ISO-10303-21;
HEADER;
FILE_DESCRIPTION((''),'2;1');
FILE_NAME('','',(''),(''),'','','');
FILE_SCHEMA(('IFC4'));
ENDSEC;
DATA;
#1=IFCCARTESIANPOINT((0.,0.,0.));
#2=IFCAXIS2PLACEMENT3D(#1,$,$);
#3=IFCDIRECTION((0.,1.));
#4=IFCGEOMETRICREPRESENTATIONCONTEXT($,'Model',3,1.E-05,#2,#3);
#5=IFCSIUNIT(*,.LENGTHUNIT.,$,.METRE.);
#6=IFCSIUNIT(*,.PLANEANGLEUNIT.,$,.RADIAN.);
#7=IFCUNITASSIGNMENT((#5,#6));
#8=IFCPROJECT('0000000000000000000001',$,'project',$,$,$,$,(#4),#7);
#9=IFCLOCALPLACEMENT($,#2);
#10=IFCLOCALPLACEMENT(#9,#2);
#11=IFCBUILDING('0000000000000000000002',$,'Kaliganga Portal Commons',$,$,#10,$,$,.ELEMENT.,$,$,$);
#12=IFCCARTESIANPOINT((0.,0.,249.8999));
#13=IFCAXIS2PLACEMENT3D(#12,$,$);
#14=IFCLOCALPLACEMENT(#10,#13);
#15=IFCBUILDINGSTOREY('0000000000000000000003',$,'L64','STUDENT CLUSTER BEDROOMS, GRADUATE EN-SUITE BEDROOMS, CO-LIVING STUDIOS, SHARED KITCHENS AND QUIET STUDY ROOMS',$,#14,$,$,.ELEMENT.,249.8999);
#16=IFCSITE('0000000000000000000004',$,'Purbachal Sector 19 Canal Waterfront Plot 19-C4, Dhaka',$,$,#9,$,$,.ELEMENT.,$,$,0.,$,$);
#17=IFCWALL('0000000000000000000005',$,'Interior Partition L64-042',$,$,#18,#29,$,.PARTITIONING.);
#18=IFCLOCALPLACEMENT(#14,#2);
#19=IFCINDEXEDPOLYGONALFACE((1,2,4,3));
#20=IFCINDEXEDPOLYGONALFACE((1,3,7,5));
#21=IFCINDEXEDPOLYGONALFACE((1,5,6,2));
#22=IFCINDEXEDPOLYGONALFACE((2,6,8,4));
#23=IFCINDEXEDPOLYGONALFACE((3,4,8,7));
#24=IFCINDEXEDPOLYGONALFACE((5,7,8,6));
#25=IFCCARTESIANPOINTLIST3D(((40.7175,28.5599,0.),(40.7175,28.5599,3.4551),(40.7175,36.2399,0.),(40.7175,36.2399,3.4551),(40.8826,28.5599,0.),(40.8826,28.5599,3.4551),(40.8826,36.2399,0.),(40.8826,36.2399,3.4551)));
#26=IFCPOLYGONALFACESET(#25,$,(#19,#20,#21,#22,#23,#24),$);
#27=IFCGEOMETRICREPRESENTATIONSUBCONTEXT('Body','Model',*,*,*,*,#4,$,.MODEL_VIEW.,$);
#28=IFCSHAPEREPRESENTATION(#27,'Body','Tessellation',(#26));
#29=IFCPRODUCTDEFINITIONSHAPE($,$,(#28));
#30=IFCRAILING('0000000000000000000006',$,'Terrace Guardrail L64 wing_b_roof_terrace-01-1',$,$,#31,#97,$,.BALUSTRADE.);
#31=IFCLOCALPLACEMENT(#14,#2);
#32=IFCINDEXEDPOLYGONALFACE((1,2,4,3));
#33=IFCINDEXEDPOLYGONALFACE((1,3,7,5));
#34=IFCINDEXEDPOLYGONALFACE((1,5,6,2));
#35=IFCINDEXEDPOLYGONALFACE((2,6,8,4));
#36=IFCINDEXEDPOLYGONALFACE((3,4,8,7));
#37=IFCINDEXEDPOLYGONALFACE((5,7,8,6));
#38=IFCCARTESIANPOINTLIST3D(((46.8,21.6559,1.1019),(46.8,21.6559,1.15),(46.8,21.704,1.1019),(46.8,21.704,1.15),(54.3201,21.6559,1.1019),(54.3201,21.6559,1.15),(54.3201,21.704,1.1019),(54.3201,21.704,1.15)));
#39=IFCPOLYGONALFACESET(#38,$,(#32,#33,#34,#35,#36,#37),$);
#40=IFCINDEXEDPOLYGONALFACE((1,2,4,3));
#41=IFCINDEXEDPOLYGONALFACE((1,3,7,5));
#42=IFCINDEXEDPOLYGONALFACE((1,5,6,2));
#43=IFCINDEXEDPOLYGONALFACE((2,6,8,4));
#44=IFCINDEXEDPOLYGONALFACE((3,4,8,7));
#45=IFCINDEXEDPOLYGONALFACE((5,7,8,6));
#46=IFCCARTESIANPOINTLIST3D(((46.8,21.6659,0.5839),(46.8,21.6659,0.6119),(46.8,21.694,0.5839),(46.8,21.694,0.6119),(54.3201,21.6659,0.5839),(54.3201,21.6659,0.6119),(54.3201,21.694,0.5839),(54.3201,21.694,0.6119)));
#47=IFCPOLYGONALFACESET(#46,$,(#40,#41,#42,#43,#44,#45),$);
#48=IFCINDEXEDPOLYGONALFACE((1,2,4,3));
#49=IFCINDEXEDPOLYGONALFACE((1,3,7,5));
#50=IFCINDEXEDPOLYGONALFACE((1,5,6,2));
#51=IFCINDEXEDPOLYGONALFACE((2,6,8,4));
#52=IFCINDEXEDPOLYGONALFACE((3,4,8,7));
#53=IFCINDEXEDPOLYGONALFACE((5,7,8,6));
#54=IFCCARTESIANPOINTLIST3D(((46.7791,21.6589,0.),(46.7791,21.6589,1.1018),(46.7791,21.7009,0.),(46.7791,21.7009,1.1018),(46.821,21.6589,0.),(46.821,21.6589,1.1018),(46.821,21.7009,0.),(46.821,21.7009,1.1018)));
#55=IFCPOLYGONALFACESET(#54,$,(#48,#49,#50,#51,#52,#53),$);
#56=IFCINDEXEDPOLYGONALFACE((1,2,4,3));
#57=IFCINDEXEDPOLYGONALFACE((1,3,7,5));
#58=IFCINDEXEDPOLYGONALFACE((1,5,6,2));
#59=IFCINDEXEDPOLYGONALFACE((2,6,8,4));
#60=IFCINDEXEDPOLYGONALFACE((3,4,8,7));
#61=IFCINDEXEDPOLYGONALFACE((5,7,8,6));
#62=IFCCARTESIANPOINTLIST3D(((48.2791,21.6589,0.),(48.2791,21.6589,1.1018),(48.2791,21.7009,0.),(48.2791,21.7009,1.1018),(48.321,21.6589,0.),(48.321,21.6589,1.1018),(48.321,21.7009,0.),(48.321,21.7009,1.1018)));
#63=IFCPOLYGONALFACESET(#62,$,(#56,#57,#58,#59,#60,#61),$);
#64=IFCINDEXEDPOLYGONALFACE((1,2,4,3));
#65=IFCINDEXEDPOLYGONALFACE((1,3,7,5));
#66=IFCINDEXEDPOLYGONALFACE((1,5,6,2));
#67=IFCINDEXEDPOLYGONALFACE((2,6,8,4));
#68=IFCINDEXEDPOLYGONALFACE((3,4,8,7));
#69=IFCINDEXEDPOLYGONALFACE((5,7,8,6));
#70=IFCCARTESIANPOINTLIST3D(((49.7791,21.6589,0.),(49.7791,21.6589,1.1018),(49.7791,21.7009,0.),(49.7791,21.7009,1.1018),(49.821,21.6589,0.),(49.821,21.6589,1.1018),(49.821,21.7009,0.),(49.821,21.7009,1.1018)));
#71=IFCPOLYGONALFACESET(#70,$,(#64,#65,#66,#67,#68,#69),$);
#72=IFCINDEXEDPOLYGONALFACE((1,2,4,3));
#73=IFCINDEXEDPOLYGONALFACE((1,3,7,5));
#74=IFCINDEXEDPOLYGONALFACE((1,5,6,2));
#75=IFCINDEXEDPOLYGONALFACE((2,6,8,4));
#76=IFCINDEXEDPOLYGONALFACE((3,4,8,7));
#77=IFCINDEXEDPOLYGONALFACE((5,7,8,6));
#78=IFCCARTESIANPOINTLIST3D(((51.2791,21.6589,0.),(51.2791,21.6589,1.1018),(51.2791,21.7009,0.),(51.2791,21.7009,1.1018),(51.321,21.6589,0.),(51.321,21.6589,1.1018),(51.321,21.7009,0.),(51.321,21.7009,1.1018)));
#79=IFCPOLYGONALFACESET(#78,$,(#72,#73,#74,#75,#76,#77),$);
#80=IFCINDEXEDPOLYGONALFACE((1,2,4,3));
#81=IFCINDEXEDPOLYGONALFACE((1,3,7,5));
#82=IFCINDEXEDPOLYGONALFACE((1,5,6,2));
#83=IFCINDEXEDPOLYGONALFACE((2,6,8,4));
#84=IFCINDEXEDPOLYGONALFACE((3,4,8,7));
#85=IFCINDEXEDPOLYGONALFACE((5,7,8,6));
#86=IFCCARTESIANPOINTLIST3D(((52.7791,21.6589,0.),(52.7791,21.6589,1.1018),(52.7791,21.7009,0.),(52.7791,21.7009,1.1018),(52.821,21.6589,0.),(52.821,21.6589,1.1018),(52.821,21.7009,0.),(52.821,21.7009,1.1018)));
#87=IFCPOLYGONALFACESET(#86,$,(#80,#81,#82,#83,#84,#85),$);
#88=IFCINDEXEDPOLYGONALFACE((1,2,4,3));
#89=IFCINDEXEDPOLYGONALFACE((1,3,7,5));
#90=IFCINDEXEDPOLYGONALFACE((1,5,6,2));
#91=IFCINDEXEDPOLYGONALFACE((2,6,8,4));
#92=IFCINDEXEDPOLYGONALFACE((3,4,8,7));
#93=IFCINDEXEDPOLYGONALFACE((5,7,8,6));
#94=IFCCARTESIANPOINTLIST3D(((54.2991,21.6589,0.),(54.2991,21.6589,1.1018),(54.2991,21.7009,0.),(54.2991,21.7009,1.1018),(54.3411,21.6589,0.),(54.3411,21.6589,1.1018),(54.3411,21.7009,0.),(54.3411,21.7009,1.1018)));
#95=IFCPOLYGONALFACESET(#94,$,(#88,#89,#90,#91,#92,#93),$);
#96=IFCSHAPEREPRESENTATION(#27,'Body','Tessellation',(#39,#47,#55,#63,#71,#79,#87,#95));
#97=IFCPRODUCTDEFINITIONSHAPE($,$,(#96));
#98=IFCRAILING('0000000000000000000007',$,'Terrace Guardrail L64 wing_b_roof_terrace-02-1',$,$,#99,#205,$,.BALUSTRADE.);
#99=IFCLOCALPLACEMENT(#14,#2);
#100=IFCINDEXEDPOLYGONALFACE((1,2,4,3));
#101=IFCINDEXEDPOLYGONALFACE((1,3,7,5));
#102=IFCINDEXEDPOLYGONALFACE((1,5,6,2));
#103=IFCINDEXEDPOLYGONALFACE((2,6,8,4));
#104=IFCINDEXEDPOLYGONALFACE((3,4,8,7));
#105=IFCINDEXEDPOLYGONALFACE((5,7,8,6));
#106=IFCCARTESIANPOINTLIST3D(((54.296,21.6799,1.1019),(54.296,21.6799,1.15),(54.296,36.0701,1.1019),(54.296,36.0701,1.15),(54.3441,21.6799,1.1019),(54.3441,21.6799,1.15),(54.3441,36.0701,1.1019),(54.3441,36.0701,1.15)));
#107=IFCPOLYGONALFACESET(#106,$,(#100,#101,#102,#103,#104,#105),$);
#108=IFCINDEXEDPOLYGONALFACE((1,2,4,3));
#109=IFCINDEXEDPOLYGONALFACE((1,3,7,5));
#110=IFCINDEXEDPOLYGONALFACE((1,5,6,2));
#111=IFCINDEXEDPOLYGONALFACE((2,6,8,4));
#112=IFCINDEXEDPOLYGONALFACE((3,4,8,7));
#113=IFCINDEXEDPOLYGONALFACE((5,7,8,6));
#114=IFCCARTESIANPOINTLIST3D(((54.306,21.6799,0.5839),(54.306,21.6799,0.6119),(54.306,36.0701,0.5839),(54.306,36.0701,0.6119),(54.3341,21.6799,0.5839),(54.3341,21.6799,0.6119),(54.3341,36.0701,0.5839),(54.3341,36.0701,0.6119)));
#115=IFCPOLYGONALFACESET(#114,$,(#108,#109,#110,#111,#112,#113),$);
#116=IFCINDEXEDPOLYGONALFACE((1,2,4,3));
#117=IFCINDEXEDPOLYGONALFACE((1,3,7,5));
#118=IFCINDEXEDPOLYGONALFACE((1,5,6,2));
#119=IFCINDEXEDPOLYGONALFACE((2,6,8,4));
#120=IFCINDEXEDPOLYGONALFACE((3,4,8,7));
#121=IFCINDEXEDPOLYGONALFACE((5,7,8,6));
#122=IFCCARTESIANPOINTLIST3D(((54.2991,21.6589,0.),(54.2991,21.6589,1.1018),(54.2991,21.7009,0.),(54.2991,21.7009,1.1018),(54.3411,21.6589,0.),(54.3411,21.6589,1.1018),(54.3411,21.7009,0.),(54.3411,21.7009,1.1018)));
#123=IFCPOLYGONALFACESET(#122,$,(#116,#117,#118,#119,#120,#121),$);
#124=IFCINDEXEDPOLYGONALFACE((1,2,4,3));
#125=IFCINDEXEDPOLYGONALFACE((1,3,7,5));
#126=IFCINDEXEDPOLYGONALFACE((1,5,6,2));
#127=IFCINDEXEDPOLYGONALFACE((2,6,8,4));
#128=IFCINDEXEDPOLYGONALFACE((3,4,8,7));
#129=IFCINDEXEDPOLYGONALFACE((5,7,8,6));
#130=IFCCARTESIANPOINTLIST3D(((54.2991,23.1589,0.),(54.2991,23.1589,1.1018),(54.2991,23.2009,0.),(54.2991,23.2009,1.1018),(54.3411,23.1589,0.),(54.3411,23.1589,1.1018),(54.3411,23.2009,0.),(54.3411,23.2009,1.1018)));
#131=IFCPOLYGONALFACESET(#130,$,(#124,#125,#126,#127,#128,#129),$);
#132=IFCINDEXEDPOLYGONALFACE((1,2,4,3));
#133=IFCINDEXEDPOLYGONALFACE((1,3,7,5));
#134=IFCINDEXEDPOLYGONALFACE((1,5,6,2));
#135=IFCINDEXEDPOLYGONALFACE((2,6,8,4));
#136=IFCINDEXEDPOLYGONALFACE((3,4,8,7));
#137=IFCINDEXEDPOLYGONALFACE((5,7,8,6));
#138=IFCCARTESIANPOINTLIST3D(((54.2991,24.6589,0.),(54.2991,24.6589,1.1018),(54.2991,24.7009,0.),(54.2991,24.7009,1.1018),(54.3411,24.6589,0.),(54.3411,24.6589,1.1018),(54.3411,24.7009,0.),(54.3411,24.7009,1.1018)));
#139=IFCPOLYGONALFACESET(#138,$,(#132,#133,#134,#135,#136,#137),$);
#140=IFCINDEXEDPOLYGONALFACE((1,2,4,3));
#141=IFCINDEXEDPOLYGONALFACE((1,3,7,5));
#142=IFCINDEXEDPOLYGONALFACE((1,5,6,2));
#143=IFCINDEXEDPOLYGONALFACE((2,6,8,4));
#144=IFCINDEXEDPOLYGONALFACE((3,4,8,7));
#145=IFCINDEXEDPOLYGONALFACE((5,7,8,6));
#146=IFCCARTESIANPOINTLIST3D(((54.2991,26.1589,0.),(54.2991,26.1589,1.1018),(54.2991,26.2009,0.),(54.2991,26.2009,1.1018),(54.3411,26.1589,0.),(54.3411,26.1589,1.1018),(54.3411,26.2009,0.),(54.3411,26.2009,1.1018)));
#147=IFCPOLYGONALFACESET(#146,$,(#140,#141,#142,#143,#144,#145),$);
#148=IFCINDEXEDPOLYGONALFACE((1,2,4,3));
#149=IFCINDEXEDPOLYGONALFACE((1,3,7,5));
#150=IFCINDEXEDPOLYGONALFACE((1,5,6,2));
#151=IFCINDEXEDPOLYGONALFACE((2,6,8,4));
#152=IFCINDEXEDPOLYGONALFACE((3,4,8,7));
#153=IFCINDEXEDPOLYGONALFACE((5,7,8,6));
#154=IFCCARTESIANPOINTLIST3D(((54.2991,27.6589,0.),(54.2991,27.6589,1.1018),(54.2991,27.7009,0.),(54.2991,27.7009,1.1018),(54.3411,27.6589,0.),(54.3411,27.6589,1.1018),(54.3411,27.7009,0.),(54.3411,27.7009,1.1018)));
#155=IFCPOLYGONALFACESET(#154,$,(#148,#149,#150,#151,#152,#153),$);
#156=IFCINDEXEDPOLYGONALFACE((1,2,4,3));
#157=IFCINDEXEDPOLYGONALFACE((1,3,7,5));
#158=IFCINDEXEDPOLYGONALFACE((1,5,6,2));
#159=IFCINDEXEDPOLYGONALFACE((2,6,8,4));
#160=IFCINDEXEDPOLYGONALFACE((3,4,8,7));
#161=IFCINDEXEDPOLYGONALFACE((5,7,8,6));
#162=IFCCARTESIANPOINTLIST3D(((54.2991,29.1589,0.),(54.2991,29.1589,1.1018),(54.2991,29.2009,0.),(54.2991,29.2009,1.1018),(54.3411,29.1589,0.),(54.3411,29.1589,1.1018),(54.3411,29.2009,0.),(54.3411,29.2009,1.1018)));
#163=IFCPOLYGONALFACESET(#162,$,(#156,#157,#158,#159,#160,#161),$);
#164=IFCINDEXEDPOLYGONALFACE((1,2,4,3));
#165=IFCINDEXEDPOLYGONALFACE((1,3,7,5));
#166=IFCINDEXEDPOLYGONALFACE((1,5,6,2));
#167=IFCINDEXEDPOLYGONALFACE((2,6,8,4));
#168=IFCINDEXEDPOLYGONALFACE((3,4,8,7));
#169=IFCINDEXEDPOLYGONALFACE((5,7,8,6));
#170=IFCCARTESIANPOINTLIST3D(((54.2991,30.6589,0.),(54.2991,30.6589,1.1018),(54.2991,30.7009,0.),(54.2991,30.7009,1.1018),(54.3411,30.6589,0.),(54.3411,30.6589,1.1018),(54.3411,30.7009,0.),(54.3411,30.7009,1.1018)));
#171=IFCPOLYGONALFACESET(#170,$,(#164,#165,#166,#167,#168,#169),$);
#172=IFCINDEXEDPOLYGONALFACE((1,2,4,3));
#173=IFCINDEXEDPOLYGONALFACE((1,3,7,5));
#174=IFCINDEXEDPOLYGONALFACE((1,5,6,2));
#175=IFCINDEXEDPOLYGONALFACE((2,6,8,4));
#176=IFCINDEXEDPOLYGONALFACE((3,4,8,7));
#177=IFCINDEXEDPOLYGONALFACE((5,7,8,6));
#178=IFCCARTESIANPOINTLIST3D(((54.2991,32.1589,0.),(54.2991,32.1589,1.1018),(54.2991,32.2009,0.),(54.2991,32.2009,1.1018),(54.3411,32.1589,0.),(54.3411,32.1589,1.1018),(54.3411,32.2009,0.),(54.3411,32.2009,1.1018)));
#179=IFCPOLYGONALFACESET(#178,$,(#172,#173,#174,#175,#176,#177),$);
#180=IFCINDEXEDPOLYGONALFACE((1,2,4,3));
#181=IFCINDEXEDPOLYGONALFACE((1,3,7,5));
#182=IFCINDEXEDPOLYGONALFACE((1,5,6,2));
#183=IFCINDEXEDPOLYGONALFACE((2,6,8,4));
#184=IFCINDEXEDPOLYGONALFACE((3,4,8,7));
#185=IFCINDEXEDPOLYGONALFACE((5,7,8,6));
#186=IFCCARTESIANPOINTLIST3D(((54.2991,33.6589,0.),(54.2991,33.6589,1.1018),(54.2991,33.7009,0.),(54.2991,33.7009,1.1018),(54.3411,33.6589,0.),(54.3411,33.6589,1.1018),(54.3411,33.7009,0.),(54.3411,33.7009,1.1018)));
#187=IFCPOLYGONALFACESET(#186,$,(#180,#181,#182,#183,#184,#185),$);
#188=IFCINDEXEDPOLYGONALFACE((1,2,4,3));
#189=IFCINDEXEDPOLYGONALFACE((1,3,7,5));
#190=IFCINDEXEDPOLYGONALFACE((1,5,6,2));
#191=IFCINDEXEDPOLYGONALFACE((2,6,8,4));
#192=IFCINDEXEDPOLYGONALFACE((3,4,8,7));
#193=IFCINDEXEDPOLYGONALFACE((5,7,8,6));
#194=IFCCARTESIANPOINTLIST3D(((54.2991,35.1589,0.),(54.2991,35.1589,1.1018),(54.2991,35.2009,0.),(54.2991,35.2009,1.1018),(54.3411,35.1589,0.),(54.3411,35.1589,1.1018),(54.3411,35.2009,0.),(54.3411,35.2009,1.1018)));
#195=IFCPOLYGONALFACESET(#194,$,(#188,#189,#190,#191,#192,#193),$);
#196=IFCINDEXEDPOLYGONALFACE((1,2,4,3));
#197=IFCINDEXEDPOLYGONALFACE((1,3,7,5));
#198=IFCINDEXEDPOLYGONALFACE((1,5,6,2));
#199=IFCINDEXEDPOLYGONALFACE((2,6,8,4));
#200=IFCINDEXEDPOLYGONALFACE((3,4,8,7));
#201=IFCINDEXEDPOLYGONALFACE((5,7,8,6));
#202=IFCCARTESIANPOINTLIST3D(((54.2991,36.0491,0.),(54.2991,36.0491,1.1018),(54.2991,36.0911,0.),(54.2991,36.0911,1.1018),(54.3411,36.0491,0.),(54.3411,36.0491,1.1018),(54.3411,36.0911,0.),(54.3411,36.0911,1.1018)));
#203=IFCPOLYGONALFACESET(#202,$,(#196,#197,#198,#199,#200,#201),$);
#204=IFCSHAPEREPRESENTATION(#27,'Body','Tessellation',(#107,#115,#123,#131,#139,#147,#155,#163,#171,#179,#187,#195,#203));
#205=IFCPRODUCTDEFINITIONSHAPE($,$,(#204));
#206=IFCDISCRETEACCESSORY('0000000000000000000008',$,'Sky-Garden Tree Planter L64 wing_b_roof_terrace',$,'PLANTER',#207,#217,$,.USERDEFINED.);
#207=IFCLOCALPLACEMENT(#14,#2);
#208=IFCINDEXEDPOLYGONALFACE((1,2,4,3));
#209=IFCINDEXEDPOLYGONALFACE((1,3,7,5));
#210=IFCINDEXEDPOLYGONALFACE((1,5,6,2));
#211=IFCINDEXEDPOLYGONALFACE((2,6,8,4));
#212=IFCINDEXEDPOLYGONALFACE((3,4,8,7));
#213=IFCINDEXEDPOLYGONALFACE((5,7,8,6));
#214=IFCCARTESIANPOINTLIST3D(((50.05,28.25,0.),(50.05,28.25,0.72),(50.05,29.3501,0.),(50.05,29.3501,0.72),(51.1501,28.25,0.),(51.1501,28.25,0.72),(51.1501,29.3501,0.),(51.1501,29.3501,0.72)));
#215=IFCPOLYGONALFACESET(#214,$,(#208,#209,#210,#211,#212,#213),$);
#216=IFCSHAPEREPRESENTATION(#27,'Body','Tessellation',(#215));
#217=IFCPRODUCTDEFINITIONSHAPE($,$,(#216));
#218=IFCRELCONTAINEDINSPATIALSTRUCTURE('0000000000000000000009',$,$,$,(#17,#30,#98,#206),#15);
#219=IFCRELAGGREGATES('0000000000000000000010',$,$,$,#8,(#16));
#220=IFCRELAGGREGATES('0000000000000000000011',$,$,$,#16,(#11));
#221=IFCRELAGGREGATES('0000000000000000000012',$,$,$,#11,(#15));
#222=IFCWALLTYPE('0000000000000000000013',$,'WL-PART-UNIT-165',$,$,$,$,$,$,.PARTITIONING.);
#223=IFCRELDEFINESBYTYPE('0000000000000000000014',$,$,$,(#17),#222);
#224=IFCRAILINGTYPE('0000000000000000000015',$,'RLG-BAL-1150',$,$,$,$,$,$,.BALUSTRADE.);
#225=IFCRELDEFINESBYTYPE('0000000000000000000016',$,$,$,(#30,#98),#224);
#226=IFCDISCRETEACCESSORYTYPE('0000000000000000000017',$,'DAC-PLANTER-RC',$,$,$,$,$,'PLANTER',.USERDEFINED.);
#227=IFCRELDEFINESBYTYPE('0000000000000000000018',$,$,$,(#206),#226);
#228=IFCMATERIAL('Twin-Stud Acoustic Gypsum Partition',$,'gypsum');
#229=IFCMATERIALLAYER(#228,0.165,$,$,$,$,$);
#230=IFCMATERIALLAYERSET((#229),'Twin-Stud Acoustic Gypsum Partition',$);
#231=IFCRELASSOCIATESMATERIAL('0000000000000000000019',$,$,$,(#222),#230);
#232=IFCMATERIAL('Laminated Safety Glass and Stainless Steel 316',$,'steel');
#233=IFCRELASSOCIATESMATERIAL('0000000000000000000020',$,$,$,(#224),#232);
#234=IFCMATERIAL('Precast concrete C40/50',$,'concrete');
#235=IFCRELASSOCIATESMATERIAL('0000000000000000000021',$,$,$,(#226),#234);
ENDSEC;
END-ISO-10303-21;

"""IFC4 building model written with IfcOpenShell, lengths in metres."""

from ifc_helpers import new_model, si_unit, direction, frame, frame_2d, origin, origin_2d, place, context, subcontext, project, spatial, rectangle, extrude, source, transform, mapped, material, layer, layer_set, type_object, element, save


model = new_model("IFC4")

# Units and contexts
model_context = context("Model", 3, precision=1e-05, world=origin(), true_north=direction((0.0, 1.0)))
body_context = subcontext(model_context, "Body", "Model", "MODEL_VIEW")
ifc_project = project(units=[si_unit("LENGTHUNIT", "METRE"), si_unit("PLANEANGLEUNIT", "RADIAN")], contexts=[model_context])

# Site, building, storey
site_placement = place(None, origin())
site = spatial("IfcSite", under=ifc_project, at=site_placement, Name="Purbachal Sector 19 Canal Waterfront Plot 19-C4, Dhaka", CompositionType="ELEMENT", RefElevation=0.0)
building_placement = place(site_placement, origin())
building = spatial("IfcBuilding", under=site, at=building_placement, Name="Kaliganga Portal Commons", CompositionType="ELEMENT")
storey_placement = place(building_placement, frame((0.0, 0.0, 249.8999)))
storey = spatial("IfcBuildingStorey", under=building, at=storey_placement, Name="L64", Description="STUDENT CLUSTER BEDROOMS, GRADUATE EN-SUITE BEDROOMS, CO-LIVING STUDIOS, SHARED KITCHENS AND QUIET STUDY ROOMS", CompositionType="ELEMENT", Elevation=249.8999)

# Wall
ifc_material_1 = material(Name="Twin-Stud Acoustic Gypsum Partition", Category="gypsum")
ifc_layer_1 = layer(ifc_material_1, 0.165)
ifc_layer_set_1 = layer_set([ifc_layer_1], Name="Twin-Stud Acoustic Gypsum Partition")
wall_type_1 = type_object("IfcWallType", Name="WL-PART-UNIT-165", PredefinedType="PARTITIONING", material=ifc_layer_set_1)
for number, where, z_axis, x_axis, name in (
    (1, (40.8, 28.5601, 0.0), (0.0, 0.0, 1.0), (0.0, 1.0, 0.0), "Interior Partition L64-042"),
):
    element("IfcWall", number, at=place(storey_placement, frame(where, z_axis=z_axis, x_axis=x_axis)), inside=storey, type_object=wall_type_1, Name=name, PredefinedType="PARTITIONING", context=body_context, shape_type="SweptSolid", body=[
        extrude(rectangle(XDim=7.6799, YDim=0.165, at=frame_2d((3.8398, 0.0))), origin(), (0.0, 0.0, 1.0), 3.4551),
    ])

# Railings
ifc_material_2 = material(Name="Laminated Safety Glass and Stainless Steel 316", Category="steel")
railing_type = type_object("IfcRailingType", Name="RLG-BAL-1150", PredefinedType="BALUSTRADE", material=ifc_material_2)
railing_1_placement = place(storey_placement, frame((46.8, 21.6799, 0.0)))
element("IfcRailing", 2, at=railing_1_placement, inside=storey, type_object=railing_type, Name="Terrace Guardrail L64 wing_b_roof_terrace-01-1", PredefinedType="BALUSTRADE", context=body_context, shape_type="SweptSolid", body=[
    extrude(rectangle(XDim=0.0481, YDim=0.0481, at=origin_2d()), frame((0.0, 0.0, 1.126), z_axis=(1.0, 0.0, 0.0), x_axis=(0.0, 1.0, 0.0)), (0.0, 0.0, 1.0), 7.52),
    extrude(rectangle(XDim=0.0281, YDim=0.0281, at=origin_2d()), frame((0.0, 0.0, 0.5979), z_axis=(1.0, 0.0, 0.0), x_axis=(0.0, 1.0, 0.0)), (0.0, 0.0, 1.0), 7.52),
    extrude(rectangle(XDim=0.042, YDim=0.042, at=origin_2d()), origin(), (0.0, 0.0, 1.0), 1.1018),
    extrude(rectangle(XDim=0.042, YDim=0.042, at=origin_2d()), frame((1.5, 0.0, 0.0)), (0.0, 0.0, 1.0), 1.1018),
    extrude(rectangle(XDim=0.042, YDim=0.042, at=origin_2d()), frame((3.0, 0.0, 0.0)), (0.0, 0.0, 1.0), 1.1018),
    extrude(rectangle(XDim=0.042, YDim=0.042, at=origin_2d()), frame((4.5, 0.0, 0.0)), (0.0, 0.0, 1.0), 1.1018),
    extrude(rectangle(XDim=0.042, YDim=0.042, at=origin_2d()), frame((6.0, 0.0, 0.0)), (0.0, 0.0, 1.0), 1.1018),
    extrude(rectangle(XDim=0.042, YDim=0.042, at=origin_2d()), frame((7.52, 0.0, 0.0)), (0.0, 0.0, 1.0), 1.1018),
])
railing_2_placement = place(storey_placement, frame((54.3201, 21.6799, 0.0)))
element("IfcRailing", 3, at=railing_2_placement, inside=storey, type_object=railing_type, Name="Terrace Guardrail L64 wing_b_roof_terrace-02-1", PredefinedType="BALUSTRADE", context=body_context, shape_type="SweptSolid", body=[
    extrude(rectangle(XDim=0.0481, YDim=0.0481, at=origin_2d()), frame((0.0, 0.0, 1.126), z_axis=(0.0, 1.0, 0.0), x_axis=(-1.0, 0.0, 0.0)), (0.0, 0.0, 1.0), 14.3901),
    extrude(rectangle(XDim=0.0281, YDim=0.0281, at=origin_2d()), frame((0.0, 0.0, 0.5979), z_axis=(0.0, 1.0, 0.0), x_axis=(-1.0, 0.0, 0.0)), (0.0, 0.0, 1.0), 14.3901),
    extrude(rectangle(XDim=0.042, YDim=0.042, at=origin_2d()), origin(), (0.0, 0.0, 1.0), 1.1018),
    extrude(rectangle(XDim=0.042, YDim=0.042, at=origin_2d()), frame((0.0, 1.5, 0.0)), (0.0, 0.0, 1.0), 1.1018),
    extrude(rectangle(XDim=0.042, YDim=0.042, at=origin_2d()), frame((0.0, 3.0, 0.0)), (0.0, 0.0, 1.0), 1.1018),
    extrude(rectangle(XDim=0.042, YDim=0.042, at=origin_2d()), frame((0.0, 4.5, 0.0)), (0.0, 0.0, 1.0), 1.1018),
    extrude(rectangle(XDim=0.042, YDim=0.042, at=origin_2d()), frame((0.0, 6.0, 0.0)), (0.0, 0.0, 1.0), 1.1018),
    extrude(rectangle(XDim=0.042, YDim=0.042, at=origin_2d()), frame((0.0, 7.5, 0.0)), (0.0, 0.0, 1.0), 1.1018),
    extrude(rectangle(XDim=0.042, YDim=0.042, at=origin_2d()), frame((0.0, 9.0, 0.0)), (0.0, 0.0, 1.0), 1.1018),
    extrude(rectangle(XDim=0.042, YDim=0.042, at=origin_2d()), frame((0.0, 10.5, 0.0)), (0.0, 0.0, 1.0), 1.1018),
    extrude(rectangle(XDim=0.042, YDim=0.042, at=origin_2d()), frame((0.0, 12.0, 0.0)), (0.0, 0.0, 1.0), 1.1018),
    extrude(rectangle(XDim=0.042, YDim=0.042, at=origin_2d()), frame((0.0, 13.5, 0.0)), (0.0, 0.0, 1.0), 1.1018),
    extrude(rectangle(XDim=0.042, YDim=0.042, at=origin_2d()), frame((0.0, 14.3901, 0.0)), (0.0, 0.0, 1.0), 1.1018),
])

# Discrete accessory
ifc_material_3 = material(Name="Precast concrete C40/50", Category="concrete")
discrete_accessory_type = type_object("IfcDiscreteAccessoryType", Name="DAC-PLANTER-RC", ElementType="PLANTER", PredefinedType="USERDEFINED", material=ifc_material_3)
shared_shape_1 = source(origin(), body_context, "Body", "SweptSolid", [
    extrude(rectangle(XDim=1.1001, YDim=1.1001, at=origin_2d()), origin(), (0.0, 0.0, 1.0), 0.72),
])
discrete_accessory_placement = place(storey_placement, frame((50.6001, 28.8, 0.0), z_axis=(0.0, 0.0, 1.0), x_axis=(1.0, 0.0, 0.0)))
element("IfcDiscreteAccessory", 4, at=discrete_accessory_placement, inside=storey, type_object=discrete_accessory_type, Name="Sky-Garden Tree Planter L64 wing_b_roof_terrace", ObjectType="PLANTER", PredefinedType="USERDEFINED", context=body_context, shape_type="MappedRepresentation", body=[
    mapped(shared_shape_1, transform((0.0, 0.0, 0.0), x_axis=(1.0, 0.0, 0.0), y_axis=(0.0, 1.0, 0.0), z_axis=(0.0, 0.0, 1.0), scale=1.0)),
])

save(model, "model.ifc")
